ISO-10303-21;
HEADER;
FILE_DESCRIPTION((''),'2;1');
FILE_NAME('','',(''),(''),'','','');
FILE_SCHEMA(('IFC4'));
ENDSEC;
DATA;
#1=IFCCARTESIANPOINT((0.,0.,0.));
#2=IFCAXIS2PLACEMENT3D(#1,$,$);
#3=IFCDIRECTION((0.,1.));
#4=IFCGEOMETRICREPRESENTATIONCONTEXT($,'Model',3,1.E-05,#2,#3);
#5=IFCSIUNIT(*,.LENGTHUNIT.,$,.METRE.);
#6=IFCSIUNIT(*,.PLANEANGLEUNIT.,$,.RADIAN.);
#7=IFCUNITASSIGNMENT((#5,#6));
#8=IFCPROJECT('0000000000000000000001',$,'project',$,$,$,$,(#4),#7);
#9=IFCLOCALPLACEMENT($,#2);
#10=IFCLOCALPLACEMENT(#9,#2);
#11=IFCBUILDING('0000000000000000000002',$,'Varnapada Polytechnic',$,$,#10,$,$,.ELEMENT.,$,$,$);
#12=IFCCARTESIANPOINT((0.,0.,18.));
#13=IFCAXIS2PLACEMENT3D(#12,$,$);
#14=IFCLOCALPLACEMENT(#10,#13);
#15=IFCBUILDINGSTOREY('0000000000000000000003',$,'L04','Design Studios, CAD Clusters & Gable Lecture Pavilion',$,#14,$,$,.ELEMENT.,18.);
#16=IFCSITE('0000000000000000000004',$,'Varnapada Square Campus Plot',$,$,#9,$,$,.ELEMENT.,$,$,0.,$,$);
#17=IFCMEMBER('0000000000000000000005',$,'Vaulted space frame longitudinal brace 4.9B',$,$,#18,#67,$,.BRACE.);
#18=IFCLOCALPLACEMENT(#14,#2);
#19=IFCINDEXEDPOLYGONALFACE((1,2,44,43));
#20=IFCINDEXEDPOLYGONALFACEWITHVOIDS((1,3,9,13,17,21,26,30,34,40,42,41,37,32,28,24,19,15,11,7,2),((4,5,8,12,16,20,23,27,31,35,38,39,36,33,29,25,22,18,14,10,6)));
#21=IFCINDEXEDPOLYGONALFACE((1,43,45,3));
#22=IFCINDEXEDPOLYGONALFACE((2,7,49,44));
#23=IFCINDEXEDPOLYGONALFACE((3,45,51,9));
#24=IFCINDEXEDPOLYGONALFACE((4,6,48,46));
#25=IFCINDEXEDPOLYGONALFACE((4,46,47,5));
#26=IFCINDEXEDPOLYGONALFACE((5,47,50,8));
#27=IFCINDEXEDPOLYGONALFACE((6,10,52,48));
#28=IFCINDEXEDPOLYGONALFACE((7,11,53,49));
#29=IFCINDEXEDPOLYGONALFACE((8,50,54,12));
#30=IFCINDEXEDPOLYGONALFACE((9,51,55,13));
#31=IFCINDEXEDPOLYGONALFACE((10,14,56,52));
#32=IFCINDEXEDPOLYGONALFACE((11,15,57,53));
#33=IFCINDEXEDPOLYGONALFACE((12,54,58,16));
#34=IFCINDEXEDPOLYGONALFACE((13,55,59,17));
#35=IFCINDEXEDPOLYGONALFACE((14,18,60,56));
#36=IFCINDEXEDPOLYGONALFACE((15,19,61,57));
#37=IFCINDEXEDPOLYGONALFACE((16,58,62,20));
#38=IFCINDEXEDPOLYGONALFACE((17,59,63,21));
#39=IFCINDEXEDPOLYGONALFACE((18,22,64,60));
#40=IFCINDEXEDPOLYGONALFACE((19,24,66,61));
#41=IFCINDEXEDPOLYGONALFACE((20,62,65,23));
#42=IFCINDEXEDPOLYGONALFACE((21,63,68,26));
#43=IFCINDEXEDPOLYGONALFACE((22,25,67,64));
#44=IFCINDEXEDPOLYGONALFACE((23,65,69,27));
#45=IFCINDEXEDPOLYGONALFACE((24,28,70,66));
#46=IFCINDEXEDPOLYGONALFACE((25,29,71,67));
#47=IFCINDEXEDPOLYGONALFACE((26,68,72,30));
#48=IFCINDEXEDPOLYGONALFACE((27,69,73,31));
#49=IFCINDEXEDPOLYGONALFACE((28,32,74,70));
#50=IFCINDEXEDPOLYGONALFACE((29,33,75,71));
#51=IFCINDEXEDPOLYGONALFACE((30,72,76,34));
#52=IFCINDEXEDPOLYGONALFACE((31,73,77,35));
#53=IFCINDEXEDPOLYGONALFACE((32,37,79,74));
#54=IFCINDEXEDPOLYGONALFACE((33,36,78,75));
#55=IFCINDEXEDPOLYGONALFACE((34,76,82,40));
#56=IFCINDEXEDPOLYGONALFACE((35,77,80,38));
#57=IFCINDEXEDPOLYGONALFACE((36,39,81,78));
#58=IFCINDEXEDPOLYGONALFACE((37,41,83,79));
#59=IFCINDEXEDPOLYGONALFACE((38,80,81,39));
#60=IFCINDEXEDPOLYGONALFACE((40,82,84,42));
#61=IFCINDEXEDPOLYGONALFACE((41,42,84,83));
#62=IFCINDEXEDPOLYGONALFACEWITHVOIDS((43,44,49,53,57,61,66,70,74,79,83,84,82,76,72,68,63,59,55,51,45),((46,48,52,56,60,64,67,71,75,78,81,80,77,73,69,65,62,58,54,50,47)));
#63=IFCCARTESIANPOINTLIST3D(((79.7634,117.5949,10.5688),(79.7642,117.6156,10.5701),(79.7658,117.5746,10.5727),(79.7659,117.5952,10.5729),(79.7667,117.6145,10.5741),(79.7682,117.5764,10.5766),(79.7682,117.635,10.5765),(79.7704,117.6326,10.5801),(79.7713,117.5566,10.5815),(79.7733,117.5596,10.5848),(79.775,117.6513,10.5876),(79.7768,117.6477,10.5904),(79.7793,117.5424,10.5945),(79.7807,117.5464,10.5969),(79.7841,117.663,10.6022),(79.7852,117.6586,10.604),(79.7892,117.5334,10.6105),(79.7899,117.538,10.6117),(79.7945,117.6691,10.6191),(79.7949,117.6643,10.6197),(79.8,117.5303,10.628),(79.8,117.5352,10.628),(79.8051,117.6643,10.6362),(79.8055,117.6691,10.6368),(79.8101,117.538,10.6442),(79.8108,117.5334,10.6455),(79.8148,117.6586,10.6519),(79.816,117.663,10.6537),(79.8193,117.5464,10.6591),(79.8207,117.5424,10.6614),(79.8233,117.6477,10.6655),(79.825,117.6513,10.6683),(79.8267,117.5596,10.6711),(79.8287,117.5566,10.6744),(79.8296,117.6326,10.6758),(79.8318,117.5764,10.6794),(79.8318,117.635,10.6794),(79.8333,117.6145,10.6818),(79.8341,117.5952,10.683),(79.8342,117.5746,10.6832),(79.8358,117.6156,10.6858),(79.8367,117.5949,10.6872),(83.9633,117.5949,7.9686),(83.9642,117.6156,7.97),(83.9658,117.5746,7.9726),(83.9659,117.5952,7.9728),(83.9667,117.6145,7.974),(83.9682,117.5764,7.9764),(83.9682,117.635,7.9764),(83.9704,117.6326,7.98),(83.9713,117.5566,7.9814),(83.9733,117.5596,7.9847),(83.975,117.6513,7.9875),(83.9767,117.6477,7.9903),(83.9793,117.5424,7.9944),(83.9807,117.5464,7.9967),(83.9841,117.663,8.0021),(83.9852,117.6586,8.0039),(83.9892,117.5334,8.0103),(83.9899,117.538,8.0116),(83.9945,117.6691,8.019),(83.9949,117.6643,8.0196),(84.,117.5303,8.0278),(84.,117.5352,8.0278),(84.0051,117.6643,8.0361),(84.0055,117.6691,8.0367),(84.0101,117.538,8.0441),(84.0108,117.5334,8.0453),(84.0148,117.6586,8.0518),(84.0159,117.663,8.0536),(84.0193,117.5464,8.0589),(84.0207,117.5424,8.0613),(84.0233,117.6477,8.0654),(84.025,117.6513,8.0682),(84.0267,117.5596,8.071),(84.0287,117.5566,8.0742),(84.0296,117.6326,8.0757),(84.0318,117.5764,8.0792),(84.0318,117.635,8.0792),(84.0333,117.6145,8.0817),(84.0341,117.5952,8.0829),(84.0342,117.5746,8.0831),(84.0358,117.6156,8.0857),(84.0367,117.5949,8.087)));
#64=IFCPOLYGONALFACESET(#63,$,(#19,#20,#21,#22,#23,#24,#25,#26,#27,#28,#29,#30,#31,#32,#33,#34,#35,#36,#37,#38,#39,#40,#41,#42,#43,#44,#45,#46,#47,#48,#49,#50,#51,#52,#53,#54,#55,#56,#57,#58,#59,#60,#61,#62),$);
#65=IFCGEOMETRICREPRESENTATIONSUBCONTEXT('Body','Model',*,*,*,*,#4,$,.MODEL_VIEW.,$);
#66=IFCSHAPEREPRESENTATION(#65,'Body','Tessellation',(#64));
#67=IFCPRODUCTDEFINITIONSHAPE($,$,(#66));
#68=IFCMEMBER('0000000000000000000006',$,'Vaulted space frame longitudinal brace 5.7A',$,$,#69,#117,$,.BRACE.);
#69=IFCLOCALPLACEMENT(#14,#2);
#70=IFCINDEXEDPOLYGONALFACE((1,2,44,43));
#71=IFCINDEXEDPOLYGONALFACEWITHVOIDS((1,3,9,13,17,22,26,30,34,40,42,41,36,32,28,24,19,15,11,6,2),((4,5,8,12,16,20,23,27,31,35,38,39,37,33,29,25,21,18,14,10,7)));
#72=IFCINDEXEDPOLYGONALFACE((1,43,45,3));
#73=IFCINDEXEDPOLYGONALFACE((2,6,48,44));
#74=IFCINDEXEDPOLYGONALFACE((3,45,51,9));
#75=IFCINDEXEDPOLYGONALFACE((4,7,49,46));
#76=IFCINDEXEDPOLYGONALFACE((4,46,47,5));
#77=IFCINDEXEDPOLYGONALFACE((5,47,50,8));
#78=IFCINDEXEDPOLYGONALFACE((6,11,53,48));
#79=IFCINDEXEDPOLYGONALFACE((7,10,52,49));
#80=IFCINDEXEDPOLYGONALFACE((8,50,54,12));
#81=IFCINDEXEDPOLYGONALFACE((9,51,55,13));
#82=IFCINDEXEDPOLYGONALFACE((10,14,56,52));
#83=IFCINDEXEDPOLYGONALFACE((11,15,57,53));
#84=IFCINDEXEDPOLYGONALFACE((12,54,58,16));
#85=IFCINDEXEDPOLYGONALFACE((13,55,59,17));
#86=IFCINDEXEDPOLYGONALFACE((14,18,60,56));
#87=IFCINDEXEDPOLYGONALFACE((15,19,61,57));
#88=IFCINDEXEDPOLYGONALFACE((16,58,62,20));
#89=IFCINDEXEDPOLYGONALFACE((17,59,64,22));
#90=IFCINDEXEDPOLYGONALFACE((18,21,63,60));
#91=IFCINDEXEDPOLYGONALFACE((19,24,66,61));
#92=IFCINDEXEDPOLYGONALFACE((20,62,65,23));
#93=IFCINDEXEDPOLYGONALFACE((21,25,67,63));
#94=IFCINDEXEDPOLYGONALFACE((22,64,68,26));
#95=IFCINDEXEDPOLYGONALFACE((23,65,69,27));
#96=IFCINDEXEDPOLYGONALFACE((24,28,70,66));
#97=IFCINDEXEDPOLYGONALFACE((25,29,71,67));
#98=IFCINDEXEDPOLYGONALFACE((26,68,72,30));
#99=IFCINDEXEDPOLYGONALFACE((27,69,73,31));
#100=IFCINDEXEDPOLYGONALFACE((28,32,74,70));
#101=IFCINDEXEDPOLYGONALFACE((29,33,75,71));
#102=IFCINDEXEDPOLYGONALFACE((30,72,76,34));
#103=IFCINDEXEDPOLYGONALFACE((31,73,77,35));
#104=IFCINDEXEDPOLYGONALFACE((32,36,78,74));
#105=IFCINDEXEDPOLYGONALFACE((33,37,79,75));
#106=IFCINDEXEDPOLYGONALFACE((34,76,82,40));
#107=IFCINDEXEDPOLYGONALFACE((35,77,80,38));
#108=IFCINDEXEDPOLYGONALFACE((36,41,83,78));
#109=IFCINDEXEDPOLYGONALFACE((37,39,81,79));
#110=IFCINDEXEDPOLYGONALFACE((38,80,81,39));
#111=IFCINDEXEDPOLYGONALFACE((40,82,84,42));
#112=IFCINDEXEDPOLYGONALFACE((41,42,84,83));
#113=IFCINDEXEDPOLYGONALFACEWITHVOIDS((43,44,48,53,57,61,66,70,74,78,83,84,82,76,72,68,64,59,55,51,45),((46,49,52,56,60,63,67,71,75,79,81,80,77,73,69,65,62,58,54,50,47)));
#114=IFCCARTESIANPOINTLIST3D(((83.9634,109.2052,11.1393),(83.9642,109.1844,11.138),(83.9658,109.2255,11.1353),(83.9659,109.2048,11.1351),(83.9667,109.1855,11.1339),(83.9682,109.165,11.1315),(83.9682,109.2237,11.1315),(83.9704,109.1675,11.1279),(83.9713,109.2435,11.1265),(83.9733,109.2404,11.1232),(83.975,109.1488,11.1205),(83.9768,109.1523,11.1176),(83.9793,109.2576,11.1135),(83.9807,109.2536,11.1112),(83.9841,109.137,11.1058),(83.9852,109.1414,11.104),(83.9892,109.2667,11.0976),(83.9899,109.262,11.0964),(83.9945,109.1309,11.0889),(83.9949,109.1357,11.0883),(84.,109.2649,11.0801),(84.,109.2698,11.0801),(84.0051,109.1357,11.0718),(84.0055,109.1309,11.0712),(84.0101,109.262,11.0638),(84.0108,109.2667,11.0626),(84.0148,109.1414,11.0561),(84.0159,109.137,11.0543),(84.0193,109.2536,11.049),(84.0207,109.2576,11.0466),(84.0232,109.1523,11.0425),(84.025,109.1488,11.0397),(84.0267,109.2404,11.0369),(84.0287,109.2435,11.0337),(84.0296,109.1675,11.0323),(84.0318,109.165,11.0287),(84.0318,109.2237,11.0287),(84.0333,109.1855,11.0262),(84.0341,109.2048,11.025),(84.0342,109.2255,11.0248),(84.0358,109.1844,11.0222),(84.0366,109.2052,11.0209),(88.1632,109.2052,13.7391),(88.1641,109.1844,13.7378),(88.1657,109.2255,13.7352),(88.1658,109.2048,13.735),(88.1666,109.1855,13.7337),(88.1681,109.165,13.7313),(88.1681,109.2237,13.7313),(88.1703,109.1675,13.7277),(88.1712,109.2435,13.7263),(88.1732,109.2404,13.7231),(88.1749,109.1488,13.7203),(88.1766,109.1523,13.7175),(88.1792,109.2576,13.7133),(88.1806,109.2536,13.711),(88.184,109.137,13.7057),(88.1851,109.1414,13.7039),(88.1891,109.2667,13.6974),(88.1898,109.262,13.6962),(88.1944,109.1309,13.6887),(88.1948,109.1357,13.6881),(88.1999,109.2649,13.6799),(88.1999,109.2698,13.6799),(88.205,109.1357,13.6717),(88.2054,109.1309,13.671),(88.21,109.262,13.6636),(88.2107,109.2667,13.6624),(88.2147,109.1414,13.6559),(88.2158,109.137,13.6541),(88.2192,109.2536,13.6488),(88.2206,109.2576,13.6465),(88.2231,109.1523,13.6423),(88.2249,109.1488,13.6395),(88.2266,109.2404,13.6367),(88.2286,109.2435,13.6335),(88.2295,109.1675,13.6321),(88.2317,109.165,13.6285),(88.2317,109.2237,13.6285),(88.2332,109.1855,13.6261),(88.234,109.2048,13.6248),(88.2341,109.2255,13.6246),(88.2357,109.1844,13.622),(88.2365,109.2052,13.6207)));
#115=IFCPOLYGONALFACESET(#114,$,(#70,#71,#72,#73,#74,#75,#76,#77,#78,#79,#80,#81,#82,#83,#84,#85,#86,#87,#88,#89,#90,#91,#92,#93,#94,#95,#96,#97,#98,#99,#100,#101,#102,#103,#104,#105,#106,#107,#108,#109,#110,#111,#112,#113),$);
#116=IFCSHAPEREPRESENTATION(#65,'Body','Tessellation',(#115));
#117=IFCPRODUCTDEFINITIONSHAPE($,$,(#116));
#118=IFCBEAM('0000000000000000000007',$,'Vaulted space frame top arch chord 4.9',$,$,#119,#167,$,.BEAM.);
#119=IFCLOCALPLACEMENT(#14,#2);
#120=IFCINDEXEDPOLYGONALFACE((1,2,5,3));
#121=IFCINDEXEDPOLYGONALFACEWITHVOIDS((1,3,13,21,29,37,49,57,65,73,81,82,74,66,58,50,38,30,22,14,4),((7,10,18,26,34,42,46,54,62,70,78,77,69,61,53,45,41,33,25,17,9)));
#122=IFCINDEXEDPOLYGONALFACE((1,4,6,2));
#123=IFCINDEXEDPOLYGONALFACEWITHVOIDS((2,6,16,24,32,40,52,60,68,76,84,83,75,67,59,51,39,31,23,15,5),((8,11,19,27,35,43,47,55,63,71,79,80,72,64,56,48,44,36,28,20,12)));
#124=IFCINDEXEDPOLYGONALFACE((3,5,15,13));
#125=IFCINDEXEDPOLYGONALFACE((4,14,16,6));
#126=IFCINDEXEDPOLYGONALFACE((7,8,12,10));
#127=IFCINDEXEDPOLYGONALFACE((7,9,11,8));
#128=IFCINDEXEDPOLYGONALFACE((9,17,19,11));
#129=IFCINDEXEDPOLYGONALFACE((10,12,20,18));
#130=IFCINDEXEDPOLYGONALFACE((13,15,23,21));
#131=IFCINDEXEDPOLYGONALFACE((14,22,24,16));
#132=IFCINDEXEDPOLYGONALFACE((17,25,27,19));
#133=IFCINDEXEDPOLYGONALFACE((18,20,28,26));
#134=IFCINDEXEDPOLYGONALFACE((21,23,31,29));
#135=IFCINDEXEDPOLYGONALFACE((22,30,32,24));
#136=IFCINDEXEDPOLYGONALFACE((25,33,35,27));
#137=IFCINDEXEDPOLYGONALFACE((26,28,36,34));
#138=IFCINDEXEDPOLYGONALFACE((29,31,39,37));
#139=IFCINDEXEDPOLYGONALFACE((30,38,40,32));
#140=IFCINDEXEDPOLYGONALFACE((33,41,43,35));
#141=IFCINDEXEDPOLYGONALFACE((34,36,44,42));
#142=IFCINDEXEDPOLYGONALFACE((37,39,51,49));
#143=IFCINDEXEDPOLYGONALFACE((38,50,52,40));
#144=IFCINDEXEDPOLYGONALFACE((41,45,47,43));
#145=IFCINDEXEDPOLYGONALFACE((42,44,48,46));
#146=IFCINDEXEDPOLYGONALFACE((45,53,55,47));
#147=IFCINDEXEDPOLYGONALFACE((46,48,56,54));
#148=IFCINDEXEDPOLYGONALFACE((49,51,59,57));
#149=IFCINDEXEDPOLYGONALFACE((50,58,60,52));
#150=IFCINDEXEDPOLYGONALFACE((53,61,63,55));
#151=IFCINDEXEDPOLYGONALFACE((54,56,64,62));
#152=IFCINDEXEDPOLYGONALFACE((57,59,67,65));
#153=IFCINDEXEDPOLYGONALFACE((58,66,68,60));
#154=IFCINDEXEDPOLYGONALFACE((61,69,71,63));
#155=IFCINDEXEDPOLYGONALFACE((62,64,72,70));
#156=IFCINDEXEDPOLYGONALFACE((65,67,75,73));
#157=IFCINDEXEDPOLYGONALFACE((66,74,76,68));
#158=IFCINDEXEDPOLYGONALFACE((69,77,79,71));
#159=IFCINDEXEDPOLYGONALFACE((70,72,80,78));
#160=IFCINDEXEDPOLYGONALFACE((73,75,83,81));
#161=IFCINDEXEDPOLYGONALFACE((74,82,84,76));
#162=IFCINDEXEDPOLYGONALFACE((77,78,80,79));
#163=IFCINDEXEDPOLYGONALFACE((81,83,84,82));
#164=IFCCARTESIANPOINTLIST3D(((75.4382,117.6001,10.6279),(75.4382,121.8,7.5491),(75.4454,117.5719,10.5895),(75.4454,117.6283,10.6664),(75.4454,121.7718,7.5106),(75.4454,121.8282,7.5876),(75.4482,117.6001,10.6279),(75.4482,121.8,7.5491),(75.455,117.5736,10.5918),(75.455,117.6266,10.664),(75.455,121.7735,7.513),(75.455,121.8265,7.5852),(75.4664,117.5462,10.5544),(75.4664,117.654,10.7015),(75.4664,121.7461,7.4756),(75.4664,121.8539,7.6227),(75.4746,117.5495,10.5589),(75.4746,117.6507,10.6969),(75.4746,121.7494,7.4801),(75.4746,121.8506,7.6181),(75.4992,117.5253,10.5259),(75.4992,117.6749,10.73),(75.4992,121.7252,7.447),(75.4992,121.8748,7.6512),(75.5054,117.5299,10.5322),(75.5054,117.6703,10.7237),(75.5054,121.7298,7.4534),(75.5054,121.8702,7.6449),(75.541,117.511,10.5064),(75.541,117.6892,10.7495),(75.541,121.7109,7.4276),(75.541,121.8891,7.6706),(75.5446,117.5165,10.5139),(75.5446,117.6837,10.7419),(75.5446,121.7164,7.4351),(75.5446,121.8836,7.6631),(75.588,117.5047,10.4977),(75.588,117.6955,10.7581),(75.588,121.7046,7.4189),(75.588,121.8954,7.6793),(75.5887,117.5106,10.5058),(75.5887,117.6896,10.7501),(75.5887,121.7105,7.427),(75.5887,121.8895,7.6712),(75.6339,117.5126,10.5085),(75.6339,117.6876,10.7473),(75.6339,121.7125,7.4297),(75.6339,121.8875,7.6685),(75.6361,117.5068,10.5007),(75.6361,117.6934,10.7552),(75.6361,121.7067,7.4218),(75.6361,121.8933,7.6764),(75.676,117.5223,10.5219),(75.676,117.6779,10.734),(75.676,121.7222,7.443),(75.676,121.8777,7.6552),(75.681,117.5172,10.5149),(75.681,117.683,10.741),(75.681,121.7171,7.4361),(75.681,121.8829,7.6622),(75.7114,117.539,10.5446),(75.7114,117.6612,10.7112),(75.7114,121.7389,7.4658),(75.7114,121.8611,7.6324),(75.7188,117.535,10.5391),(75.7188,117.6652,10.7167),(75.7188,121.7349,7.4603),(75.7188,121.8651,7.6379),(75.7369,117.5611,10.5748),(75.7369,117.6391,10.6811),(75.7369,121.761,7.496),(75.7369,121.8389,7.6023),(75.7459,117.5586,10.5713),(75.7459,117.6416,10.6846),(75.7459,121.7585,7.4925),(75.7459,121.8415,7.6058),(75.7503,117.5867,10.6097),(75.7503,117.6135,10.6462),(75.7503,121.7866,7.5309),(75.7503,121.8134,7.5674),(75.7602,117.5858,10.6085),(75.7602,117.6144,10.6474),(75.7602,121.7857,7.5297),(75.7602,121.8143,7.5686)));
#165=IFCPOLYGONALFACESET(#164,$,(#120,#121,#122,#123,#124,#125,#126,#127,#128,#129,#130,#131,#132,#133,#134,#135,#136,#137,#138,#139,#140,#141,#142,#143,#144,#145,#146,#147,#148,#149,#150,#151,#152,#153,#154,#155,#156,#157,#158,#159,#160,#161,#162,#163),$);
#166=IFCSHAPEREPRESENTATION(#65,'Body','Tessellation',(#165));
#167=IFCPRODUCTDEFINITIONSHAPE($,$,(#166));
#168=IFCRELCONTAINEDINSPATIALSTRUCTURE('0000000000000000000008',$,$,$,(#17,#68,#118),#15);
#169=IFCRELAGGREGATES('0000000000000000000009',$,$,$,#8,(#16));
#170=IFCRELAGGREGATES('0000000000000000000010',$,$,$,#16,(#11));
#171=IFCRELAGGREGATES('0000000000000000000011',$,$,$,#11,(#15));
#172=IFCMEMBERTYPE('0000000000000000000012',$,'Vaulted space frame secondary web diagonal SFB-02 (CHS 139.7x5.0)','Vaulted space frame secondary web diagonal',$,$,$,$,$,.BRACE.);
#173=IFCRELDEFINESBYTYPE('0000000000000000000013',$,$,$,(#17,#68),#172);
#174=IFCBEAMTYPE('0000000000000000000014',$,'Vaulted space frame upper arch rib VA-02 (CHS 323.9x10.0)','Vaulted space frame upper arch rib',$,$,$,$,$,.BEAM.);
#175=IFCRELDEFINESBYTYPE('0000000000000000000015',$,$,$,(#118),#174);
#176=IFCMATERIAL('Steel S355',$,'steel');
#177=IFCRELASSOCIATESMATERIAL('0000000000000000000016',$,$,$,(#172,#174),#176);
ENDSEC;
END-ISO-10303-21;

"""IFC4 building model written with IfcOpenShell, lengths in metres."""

from ifc_helpers import new_model, si_unit, direction, frame, origin, origin_2d, place, context, subcontext, project, spatial, hollow_circle, extrude, material, material_profile, profile_set, type_object, element, save


model = new_model("IFC4")

# Units and contexts
model_context = context("Model", 3, precision=1e-05, world=origin(), true_north=direction((0.0, 1.0)))
body_context = subcontext(model_context, "Body", "Model", "MODEL_VIEW")
ifc_project = project(units=[si_unit("LENGTHUNIT", "METRE"), si_unit("PLANEANGLEUNIT", "RADIAN")], contexts=[model_context])

# Site, building, storey
site_placement = place(None, origin())
site = spatial("IfcSite", under=ifc_project, at=site_placement, Name="Varnapada Square Campus Plot", CompositionType="ELEMENT", RefElevation=0.0)
building_placement = place(site_placement, origin())
building = spatial("IfcBuilding", under=site, at=building_placement, Name="Varnapada Polytechnic", CompositionType="ELEMENT")
storey_placement = place(building_placement, frame((0.0, 0.0, 18.0)))
storey = spatial("IfcBuildingStorey", under=building, at=storey_placement, Name="L04", Description="Design Studios, CAD Clusters & Gable Lecture Pavilion", CompositionType="ELEMENT", Elevation=18.0)

# Shared definitions
ifc_material = material(Name="Steel S355", Category="steel")

# Members
ifc_material_profile_1 = material_profile(ifc_material, hollow_circle(Radius=0.0698, WallThickness=0.0049, at=origin_2d()), Name="CHS 139.7x5.0")
ifc_profile_set_1 = profile_set([ifc_material_profile_1], Name="Steel S355")
member_type_1 = type_object("IfcMemberType", Name="Vaulted space frame secondary web diagonal SFB-02 (CHS 139.7x5.0)", Description="Vaulted space frame secondary web diagonal", PredefinedType="BRACE", material=ifc_profile_set_1)
for number, where, z_axis, x_axis, name in (
    (1, (84.0, 117.6001, 8.0278), (-0.850254, 0.0, 0.526373), (0.0, -1.0, 0.0), "Vaulted space frame longitudinal brace 4.9B"),
):
    element("IfcMember", number, at=place(storey_placement, frame(where, z_axis=z_axis, x_axis=x_axis)), inside=storey, type_object=member_type_1, Name=name, PredefinedType="BRACE", context=body_context, shape_type="SweptSolid", body=[
        extrude(hollow_circle(Radius=0.0698, WallThickness=0.0049, at=origin_2d()), origin(), (0.0, 0.0, 1.0), 4.9397),
    ])
member_1_placement = place(storey_placement, frame((84.0, 109.2, 11.0801), z_axis=(0.850276, 0.0, 0.526338), x_axis=(0.0, 1.0, 0.0)))
element("IfcMember", 2, at=member_1_placement, inside=storey, type_object=member_type_1, Name="Vaulted space frame longitudinal brace 5.7A", PredefinedType="BRACE", context=body_context, shape_type="SweptSolid", body=[
    extrude(hollow_circle(Radius=0.0698, WallThickness=0.0049, at=origin_2d()), origin(), (0.0, 0.0, 1.0), 4.9395),
])

# Beam
ifc_material_profile_2 = material_profile(ifc_material, hollow_circle(Radius=0.1619, WallThickness=0.01, at=origin_2d()), Name="CHS 323.9x10.0")
ifc_profile_set_2 = profile_set([ifc_material_profile_2], Name="Steel S355")
beam_type_1 = type_object("IfcBeamType", Name="Vaulted space frame upper arch rib VA-02 (CHS 323.9x10.0)", Description="Vaulted space frame upper arch rib", PredefinedType="BEAM", material=ifc_profile_set_2)
beam_1_placement = place(storey_placement, frame((75.6001, 117.6001, 10.6279), z_axis=(0.0, 0.806506, -0.591225), x_axis=(-1.0, 0.0, 0.0)))
element("IfcBeam", 3, at=beam_1_placement, inside=storey, type_object=beam_type_1, Name="Vaulted space frame top arch chord 4.9", PredefinedType="BEAM", context=body_context, shape_type="SweptSolid", body=[
    extrude(hollow_circle(Radius=0.1619, WallThickness=0.01, at=origin_2d()), origin(), (0.0, 0.0, 1.0), 5.2075),
])

save(model, "model.ifc")
